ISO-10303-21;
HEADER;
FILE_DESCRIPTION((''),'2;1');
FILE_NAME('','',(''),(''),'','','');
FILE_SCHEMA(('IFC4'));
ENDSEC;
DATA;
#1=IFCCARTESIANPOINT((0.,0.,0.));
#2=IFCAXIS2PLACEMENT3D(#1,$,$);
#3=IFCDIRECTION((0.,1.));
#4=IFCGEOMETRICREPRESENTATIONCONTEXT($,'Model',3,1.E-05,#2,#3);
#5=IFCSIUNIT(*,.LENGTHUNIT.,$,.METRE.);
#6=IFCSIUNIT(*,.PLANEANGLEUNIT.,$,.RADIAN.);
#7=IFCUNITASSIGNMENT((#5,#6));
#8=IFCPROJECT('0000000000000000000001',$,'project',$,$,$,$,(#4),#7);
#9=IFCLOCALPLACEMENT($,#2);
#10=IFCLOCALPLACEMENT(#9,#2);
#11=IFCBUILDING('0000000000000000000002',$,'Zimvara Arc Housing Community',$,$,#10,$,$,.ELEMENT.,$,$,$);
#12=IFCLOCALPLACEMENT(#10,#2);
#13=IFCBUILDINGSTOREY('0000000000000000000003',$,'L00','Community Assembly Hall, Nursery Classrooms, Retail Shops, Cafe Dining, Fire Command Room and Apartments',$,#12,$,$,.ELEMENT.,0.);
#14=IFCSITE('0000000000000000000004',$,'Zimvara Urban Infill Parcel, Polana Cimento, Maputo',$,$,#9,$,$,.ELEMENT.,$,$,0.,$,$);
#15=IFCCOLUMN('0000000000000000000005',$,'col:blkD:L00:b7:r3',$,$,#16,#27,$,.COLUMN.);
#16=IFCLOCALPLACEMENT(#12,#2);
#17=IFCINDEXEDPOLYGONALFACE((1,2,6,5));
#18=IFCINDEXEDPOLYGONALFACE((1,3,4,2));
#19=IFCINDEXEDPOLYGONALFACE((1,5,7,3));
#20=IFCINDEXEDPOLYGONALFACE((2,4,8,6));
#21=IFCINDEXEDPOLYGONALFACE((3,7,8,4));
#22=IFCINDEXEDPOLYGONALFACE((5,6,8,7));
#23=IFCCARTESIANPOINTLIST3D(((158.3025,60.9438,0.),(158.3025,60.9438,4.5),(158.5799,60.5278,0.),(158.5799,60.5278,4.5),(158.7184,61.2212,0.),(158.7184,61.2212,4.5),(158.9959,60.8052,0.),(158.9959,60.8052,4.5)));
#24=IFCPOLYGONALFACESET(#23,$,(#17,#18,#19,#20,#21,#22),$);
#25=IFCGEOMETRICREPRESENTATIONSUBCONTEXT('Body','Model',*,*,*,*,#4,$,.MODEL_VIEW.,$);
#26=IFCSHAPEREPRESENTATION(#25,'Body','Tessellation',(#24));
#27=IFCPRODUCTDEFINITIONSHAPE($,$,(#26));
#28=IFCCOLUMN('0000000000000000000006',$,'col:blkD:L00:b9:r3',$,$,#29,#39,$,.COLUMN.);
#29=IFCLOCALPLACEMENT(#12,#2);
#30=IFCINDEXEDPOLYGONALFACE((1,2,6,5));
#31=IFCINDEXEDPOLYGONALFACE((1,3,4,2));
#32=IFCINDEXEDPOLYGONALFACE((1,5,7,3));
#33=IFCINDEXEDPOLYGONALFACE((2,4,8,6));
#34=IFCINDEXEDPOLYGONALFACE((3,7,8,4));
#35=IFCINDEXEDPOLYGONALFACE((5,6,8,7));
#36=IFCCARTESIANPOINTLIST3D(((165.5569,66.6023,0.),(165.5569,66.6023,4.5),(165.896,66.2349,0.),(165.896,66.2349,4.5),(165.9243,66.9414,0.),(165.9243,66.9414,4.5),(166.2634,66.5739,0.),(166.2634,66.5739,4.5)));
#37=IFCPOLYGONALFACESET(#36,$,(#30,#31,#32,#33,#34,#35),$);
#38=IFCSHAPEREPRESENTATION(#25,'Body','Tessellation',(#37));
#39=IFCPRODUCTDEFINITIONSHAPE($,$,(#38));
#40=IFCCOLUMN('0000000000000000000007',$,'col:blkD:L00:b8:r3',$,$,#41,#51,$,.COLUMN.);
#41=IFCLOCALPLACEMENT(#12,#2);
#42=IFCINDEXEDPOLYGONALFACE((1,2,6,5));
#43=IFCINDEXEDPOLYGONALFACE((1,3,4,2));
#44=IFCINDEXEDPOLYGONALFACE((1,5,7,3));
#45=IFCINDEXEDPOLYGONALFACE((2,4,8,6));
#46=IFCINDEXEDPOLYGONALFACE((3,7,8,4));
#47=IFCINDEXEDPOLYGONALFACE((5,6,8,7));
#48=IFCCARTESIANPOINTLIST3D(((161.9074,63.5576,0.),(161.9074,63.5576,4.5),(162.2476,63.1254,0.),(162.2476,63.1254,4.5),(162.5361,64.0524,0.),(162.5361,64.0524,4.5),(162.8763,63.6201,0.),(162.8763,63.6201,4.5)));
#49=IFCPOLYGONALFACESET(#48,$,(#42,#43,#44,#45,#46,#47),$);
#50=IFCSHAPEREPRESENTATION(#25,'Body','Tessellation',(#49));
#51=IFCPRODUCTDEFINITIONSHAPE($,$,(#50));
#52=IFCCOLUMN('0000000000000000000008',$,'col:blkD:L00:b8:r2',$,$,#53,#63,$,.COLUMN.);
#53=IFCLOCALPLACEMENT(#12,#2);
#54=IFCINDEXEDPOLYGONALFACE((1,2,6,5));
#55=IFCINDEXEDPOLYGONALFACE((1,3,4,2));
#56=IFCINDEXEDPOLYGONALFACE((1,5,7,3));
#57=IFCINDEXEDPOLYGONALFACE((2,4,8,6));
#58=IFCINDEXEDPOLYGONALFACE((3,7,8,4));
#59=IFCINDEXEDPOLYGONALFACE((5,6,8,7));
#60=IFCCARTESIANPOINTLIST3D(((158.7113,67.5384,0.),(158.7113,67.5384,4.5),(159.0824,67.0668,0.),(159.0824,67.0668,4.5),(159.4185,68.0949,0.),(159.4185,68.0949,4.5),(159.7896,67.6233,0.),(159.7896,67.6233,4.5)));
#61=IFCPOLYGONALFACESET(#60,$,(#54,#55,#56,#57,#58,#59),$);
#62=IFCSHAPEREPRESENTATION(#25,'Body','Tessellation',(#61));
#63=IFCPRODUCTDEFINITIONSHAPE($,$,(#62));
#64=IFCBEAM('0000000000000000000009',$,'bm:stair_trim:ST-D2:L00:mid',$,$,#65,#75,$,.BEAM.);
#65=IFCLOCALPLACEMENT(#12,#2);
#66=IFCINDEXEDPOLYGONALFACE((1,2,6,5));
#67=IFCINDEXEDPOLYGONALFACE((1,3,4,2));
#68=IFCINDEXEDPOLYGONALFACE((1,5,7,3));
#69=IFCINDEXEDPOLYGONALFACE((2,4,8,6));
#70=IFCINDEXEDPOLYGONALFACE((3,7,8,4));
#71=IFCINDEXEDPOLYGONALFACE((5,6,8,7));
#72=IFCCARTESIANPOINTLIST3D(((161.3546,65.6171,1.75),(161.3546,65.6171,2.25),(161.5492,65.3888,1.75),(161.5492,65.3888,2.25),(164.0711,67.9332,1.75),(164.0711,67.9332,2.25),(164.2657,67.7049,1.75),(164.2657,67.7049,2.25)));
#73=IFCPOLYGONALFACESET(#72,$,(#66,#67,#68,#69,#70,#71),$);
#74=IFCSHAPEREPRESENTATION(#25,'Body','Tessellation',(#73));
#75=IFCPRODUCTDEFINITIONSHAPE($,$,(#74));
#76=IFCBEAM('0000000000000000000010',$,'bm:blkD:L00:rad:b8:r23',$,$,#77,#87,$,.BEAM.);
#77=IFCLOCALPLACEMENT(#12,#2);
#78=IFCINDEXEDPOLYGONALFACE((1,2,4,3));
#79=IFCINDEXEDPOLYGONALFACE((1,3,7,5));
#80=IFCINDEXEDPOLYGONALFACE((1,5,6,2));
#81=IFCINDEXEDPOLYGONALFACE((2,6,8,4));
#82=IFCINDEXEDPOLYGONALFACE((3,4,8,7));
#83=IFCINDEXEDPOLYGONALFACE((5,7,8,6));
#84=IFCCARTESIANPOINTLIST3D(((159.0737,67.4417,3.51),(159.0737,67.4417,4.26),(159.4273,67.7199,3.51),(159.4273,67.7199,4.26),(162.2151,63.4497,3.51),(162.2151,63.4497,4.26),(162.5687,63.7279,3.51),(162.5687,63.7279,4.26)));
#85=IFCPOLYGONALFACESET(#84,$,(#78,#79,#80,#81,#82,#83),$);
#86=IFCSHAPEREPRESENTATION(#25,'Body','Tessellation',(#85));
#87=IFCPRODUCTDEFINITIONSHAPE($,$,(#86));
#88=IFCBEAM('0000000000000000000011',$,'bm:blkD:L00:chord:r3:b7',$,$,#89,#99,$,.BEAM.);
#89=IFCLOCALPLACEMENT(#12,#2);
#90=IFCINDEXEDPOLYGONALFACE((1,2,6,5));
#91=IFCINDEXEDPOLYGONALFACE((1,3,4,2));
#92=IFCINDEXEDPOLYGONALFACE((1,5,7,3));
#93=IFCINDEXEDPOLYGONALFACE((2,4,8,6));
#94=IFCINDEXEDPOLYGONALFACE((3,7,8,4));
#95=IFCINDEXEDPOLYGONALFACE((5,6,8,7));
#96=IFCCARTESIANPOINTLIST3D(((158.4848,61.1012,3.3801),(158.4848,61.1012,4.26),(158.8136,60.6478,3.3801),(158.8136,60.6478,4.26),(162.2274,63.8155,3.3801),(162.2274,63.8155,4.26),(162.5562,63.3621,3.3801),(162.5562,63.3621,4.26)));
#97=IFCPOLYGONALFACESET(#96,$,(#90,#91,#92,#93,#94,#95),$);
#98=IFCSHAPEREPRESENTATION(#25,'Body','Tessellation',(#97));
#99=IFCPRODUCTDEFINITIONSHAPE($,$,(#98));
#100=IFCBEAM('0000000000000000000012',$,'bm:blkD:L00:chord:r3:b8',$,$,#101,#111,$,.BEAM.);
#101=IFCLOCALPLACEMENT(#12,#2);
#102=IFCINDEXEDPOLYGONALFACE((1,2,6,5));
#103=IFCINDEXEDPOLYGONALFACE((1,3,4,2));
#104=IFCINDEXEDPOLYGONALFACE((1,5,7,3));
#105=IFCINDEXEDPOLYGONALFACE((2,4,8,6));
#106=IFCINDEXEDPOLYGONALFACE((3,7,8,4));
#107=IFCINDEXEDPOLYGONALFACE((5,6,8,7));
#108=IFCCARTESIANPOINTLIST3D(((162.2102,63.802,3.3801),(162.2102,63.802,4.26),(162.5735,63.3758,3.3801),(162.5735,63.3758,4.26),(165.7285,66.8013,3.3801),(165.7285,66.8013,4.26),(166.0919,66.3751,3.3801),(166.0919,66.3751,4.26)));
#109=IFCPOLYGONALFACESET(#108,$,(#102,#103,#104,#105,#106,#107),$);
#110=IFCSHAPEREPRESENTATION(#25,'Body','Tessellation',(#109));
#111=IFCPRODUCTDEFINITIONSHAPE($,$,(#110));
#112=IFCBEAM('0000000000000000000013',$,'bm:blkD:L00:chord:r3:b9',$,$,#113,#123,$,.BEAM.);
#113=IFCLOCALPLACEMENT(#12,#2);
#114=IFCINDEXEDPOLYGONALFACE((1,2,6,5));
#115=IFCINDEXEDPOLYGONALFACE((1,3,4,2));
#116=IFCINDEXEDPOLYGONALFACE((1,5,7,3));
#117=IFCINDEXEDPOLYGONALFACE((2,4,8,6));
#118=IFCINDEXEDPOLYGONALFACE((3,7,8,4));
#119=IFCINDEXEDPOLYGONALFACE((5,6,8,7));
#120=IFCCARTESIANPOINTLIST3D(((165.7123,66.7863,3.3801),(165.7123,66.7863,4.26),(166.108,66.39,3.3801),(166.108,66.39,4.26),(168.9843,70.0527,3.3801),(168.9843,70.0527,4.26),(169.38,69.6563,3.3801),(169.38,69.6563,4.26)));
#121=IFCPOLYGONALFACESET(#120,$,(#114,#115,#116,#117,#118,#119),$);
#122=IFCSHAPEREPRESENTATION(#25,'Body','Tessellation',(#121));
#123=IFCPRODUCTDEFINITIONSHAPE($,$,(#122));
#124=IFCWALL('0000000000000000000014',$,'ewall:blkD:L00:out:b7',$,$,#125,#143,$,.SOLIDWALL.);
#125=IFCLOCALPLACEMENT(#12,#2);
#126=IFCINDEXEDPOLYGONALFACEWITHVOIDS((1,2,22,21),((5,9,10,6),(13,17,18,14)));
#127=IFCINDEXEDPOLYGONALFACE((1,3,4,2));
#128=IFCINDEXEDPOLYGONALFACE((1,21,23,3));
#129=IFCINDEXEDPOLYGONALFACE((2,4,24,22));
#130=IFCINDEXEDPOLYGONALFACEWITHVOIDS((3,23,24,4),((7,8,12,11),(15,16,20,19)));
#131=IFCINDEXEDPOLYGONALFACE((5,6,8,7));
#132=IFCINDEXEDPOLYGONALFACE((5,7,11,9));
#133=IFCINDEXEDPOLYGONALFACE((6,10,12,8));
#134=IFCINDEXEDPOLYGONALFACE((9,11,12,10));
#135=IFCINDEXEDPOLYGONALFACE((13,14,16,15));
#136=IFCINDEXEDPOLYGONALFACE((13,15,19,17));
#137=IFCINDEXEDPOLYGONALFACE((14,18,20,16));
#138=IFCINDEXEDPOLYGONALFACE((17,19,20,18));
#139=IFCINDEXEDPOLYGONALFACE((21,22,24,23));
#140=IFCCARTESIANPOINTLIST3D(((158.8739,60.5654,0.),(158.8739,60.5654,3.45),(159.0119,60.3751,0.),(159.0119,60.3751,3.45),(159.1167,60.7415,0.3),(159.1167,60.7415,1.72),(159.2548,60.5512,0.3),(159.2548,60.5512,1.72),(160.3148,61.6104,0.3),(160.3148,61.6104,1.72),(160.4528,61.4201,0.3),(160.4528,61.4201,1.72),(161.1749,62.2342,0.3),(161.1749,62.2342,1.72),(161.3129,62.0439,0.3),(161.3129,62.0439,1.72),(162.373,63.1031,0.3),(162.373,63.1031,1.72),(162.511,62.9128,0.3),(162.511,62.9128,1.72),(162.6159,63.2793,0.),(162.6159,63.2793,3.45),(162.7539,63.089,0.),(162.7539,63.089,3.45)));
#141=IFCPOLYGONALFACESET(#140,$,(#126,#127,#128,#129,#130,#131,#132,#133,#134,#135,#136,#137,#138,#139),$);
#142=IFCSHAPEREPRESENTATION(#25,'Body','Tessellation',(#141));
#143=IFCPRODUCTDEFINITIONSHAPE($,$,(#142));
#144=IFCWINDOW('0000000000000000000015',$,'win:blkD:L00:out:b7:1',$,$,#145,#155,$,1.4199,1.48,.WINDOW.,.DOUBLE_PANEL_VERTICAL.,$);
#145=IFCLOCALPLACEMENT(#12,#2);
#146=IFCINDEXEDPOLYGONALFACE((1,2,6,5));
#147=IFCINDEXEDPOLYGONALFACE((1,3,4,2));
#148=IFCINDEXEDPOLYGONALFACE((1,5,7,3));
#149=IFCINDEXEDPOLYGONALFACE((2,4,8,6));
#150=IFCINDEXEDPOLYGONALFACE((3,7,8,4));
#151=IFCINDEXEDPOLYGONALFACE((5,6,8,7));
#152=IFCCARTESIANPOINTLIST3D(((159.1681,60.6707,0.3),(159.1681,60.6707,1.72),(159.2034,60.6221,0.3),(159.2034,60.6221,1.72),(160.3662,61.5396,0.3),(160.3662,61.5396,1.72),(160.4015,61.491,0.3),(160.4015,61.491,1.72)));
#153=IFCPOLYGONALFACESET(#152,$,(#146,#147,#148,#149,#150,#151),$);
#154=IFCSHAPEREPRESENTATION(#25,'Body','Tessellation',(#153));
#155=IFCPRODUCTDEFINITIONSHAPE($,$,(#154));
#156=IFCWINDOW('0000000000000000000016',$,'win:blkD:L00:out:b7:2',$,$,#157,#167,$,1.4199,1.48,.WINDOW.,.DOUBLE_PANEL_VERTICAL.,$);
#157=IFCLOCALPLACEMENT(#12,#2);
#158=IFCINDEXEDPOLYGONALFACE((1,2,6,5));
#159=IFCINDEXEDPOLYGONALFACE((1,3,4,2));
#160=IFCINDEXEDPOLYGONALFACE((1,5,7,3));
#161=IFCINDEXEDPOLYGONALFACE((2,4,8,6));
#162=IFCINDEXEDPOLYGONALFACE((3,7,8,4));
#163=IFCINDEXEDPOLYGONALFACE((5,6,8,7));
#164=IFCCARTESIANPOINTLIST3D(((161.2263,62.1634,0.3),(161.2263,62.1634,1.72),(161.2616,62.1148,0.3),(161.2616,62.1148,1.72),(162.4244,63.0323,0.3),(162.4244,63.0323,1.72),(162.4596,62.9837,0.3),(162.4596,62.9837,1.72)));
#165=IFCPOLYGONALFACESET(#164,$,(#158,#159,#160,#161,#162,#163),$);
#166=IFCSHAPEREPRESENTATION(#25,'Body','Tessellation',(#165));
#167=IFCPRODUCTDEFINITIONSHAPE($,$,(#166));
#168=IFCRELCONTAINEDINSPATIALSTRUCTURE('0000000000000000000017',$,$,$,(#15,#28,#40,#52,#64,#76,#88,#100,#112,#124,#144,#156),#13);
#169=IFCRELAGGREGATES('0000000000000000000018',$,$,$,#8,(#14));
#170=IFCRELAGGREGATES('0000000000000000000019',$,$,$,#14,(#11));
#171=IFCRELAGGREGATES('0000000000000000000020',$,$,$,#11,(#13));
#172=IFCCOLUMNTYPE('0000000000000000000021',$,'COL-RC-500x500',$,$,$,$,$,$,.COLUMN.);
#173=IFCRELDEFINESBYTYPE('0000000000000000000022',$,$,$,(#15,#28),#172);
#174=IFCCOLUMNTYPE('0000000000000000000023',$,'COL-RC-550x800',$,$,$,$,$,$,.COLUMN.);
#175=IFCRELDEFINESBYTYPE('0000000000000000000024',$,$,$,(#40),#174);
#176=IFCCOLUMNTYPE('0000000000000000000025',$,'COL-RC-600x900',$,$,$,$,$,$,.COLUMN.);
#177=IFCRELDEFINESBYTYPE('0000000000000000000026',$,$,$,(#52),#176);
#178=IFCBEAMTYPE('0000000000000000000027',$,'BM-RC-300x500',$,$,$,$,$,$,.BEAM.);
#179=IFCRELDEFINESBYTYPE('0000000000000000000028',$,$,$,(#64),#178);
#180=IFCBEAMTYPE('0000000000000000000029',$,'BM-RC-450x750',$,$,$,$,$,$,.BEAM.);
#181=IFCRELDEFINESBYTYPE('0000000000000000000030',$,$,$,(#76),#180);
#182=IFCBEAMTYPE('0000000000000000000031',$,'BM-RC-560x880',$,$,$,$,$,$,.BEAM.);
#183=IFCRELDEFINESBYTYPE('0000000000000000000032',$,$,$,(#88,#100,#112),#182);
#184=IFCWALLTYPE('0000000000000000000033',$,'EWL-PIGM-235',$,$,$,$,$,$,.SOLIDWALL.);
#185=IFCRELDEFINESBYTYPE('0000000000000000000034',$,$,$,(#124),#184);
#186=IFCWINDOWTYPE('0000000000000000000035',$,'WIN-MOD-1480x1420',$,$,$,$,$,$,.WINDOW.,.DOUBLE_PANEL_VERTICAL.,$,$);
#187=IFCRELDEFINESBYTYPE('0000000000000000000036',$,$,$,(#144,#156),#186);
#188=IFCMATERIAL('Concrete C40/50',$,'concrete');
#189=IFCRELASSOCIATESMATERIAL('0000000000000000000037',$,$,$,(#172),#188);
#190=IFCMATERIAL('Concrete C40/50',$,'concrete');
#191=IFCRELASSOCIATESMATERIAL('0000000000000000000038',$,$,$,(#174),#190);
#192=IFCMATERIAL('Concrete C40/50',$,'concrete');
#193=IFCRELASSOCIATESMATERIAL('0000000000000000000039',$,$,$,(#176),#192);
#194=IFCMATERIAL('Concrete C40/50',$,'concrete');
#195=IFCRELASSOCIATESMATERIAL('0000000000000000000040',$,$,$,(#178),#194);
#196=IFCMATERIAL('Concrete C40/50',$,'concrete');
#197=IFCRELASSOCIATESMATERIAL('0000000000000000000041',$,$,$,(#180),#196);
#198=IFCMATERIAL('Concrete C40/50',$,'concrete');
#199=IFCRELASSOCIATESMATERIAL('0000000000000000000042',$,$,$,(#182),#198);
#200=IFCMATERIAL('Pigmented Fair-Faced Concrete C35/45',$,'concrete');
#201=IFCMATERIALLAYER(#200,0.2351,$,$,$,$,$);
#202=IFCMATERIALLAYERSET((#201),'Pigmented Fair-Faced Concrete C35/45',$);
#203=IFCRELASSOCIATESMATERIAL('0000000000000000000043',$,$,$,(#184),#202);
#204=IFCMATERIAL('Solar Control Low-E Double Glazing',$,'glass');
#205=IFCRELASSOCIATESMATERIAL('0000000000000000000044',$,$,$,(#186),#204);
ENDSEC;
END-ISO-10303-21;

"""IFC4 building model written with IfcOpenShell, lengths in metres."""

from ifc_helpers import new_model, si_unit, direction, frame, frame_2d, origin, origin_2d, place, context, subcontext, project, spatial, rectangle, extrude, material, layer, layer_set, material_profile, profile_set, type_object, element, fill, save


model = new_model("IFC4")

# Units and contexts
model_context = context("Model", 3, precision=1e-05, world=origin(), true_north=direction((0.0, 1.0)))
body_context = subcontext(model_context, "Body", "Model", "MODEL_VIEW")
ifc_project = project(units=[si_unit("LENGTHUNIT", "METRE"), si_unit("PLANEANGLEUNIT", "RADIAN")], contexts=[model_context])

# Site, building, storey
site_placement = place(None, origin())
site = spatial("IfcSite", under=ifc_project, at=site_placement, Name="Zimvara Urban Infill Parcel, Polana Cimento, Maputo", CompositionType="ELEMENT", RefElevation=0.0)
building_placement = place(site_placement, origin())
building = spatial("IfcBuilding", under=site, at=building_placement, Name="Zimvara Arc Housing Community", CompositionType="ELEMENT")
storey_placement = place(building_placement, origin())
storey = spatial("IfcBuildingStorey", under=building, at=storey_placement, Name="L00", Description="Community Assembly Hall, Nursery Classrooms, Retail Shops, Cafe Dining, Fire Command Room and Apartments", CompositionType="ELEMENT", Elevation=0.0)

# Columns
ifc_material_1 = material(Name="Concrete C40/50", Category="concrete")
ifc_material_profile_1 = material_profile(ifc_material_1, rectangle(XDim=0.5, YDim=0.5, at=origin_2d()), Name="RC 500x500")
ifc_profile_set_1 = profile_set([ifc_material_profile_1], Name="Concrete C40/50")
column_type_1 = type_object("IfcColumnType", Name="COL-RC-500x500", PredefinedType="COLUMN", material=ifc_profile_set_1)
for number, where, z_axis, x_axis, name in (
    (1, (158.6492, 60.8745, 0.0), (0.0, 0.0, 1.0), (0.554844, -0.831954, 0.0), "col:blkD:L00:b7:r3"),
    (2, (165.9102, 66.5881, 0.0), (0.0, 0.0, 1.0), (0.67816, -0.734915, 0.0), "col:blkD:L00:b9:r3"),
):
    element("IfcColumn", number, at=place(storey_placement, frame(where, z_axis=z_axis, x_axis=x_axis)), inside=storey, type_object=column_type_1, Name=name, PredefinedType="COLUMN", context=body_context, shape_type="SweptSolid", body=[
        extrude(rectangle(XDim=0.5, YDim=0.5, at=origin_2d()), origin(), (0.0, 0.0, 1.0), 4.5),
    ])
ifc_material_2 = material(Name="Concrete C40/50", Category="concrete")
ifc_material_profile_2 = material_profile(ifc_material_2, rectangle(XDim=0.55, YDim=0.8, at=origin_2d()), Name="RC 550x800")
ifc_profile_set_2 = profile_set([ifc_material_profile_2], Name="Concrete C40/50")
column_type_2 = type_object("IfcColumnType", Name="COL-RC-550x800", PredefinedType="COLUMN", material=ifc_profile_set_2)
column_1_placement = place(storey_placement, frame((162.3918, 63.5889, 0.0), z_axis=(0.0, 0.0, 1.0), x_axis=(0.618408, -0.785857, 0.0)))
element("IfcColumn", 3, at=column_1_placement, inside=storey, type_object=column_type_2, Name="col:blkD:L00:b8:r3", PredefinedType="COLUMN", context=body_context, shape_type="SweptSolid", body=[
    extrude(rectangle(XDim=0.55, YDim=0.8, at=origin_2d()), origin(), (0.0, 0.0, 1.0), 4.5),
])
ifc_material_3 = material(Name="Concrete C40/50", Category="concrete")
ifc_material_profile_3 = material_profile(ifc_material_3, rectangle(XDim=0.6001, YDim=0.8999, at=origin_2d()), Name="RC 600x900")
ifc_profile_set_3 = profile_set([ifc_material_profile_3], Name="Concrete C40/50")
column_type_3 = type_object("IfcColumnType", Name="COL-RC-600x900", PredefinedType="COLUMN", material=ifc_profile_set_3)
column_2_placement = place(storey_placement, frame((159.2505, 67.5808, 0.0), z_axis=(0.0, 0.0, 1.0), x_axis=(0.618408, -0.785857, 0.0)))
element("IfcColumn", 4, at=column_2_placement, inside=storey, type_object=column_type_3, Name="col:blkD:L00:b8:r2", PredefinedType="COLUMN", context=body_context, shape_type="SweptSolid", body=[
    extrude(rectangle(XDim=0.6001, YDim=0.8999, at=origin_2d()), origin(), (0.0, 0.0, 1.0), 4.5),
])

# Beams
ifc_material_4 = material(Name="Concrete C40/50", Category="concrete")
ifc_material_profile_4 = material_profile(ifc_material_4, rectangle(XDim=0.3, YDim=0.5, at=origin_2d()), Name="RC 300x500")
ifc_profile_set_4 = profile_set([ifc_material_profile_4], Name="Concrete C40/50")
beam_type_1 = type_object("IfcBeamType", Name="BM-RC-300x500", PredefinedType="BEAM", material=ifc_profile_set_4)
beam_1_placement = place(storey_placement, frame((161.4519, 65.5029, 2.0), z_axis=(0.760958, 0.648801, 0.0), x_axis=(-0.648801, 0.760958, 0.0)))
element("IfcBeam", 5, at=beam_1_placement, inside=storey, type_object=beam_type_1, Name="bm:stair_trim:ST-D2:L00:mid", PredefinedType="BEAM", context=body_context, shape_type="SweptSolid", body=[
    extrude(rectangle(XDim=0.3, YDim=0.5, at=origin_2d()), origin(), (0.0, 0.0, 1.0), 3.5698),
])
ifc_material_5 = material(Name="Concrete C40/50", Category="concrete")
ifc_material_profile_5 = material_profile(ifc_material_5, rectangle(XDim=0.45, YDim=0.75, at=origin_2d()), Name="RC 450x750")
ifc_profile_set_5 = profile_set([ifc_material_profile_5], Name="Concrete C40/50")
beam_type_2 = type_object("IfcBeamType", Name="BM-RC-450x750", PredefinedType="BEAM", material=ifc_profile_set_5)
beam_2_placement = place(storey_placement, frame((159.2505, 67.5808, 3.885), z_axis=(0.618409, -0.785856, 0.0), x_axis=(0.785856, 0.618409, 0.0)))
element("IfcBeam", 6, at=beam_2_placement, inside=storey, type_object=beam_type_2, Name="bm:blkD:L00:rad:b8:r23", PredefinedType="BEAM", context=body_context, shape_type="SweptSolid", body=[
    extrude(rectangle(XDim=0.45, YDim=0.75, at=origin_2d()), origin(), (0.0, 0.0, 1.0), 5.0798),
])
ifc_material_6 = material(Name="Concrete C40/50", Category="concrete")
ifc_material_profile_6 = material_profile(ifc_material_6, rectangle(XDim=0.5601, YDim=0.8799, at=origin_2d()), Name="RC 560x880")
ifc_profile_set_6 = profile_set([ifc_material_profile_6], Name="Concrete C40/50")
beam_type_3 = type_object("IfcBeamType", Name="BM-RC-560x880", PredefinedType="BEAM", material=ifc_profile_set_6)
for number, where, z_axis, x_axis, name in (
    (7, (158.6492, 60.8745, 3.8201), (0.809516, 0.587097, 0.0), (-0.587097, 0.809516, 0.0), "bm:blkD:L00:chord:r3:b7"),
    (8, (162.3918, 63.5889, 3.8201), (0.76101, 0.648741, 0.0), (-0.648741, 0.76101, 0.0), "bm:blkD:L00:chord:r3:b8"),
    (9, (165.9102, 66.5881, 3.8201), (0.707714, 0.706499, 0.0), (-0.706499, 0.707714, 0.0), "bm:blkD:L00:chord:r3:b9"),
):
    element("IfcBeam", number, at=place(storey_placement, frame(where, z_axis=z_axis, x_axis=x_axis)), inside=storey, type_object=beam_type_3, Name=name, PredefinedType="BEAM", context=body_context, shape_type="SweptSolid", body=[
        extrude(rectangle(XDim=0.5601, YDim=0.8799, at=origin_2d()), origin(), (0.0, 0.0, 1.0), 4.6233),
    ])

# Wall, openings, windows
ifc_material_7 = material(Name="Pigmented Fair-Faced Concrete C35/45", Category="concrete")
ifc_layer_1 = layer(ifc_material_7, 0.2351)
ifc_layer_set_1 = layer_set([ifc_layer_1], Name="Pigmented Fair-Faced Concrete C35/45")
wall_type_1 = type_object("IfcWallType", Name="EWL-PIGM-235", PredefinedType="SOLIDWALL", material=ifc_layer_set_1)
wall_1_placement = place(storey_placement, frame((158.9429, 60.4702, 0.0), z_axis=(0.0, 0.0, 1.0), x_axis=(0.809512, 0.587103, 0.0)))
wall_1 = element("IfcWall", 10, at=wall_1_placement, inside=storey, type_object=wall_type_1, Name="ewall:blkD:L00:out:b7", PredefinedType="SOLIDWALL", context=body_context, shape_type="SweptSolid", body=[
    extrude(rectangle(XDim=4.6226, YDim=0.2351, at=frame_2d((2.3113, 0.0))), origin(), (0.0, 0.0, 1.0), 3.45),
])
opening_1_placement = place(wall_1_placement, frame((0.3, 0.0, 0.3)))
opening_1 = element("IfcOpeningElement", 11, at=opening_1_placement, cuts=wall_1, PredefinedType="OPENING", context=body_context, shape_type="SweptSolid", body=[
    extrude(rectangle(XDim=1.48, YDim=1.4199, at=frame_2d((0.74, 0.71))), frame((0.0, 0.1274, 0.0), z_axis=(0.0, -1.0, 0.0), x_axis=(1.0, 0.0, 0.0)), (0.0, 0.0, 1.0), 0.2551),
])
opening_2_placement = place(wall_1_placement, frame((2.8425, 0.0, 0.3)))
opening_2 = element("IfcOpeningElement", 12, at=opening_2_placement, cuts=wall_1, PredefinedType="OPENING", context=body_context, shape_type="SweptSolid", body=[
    extrude(rectangle(XDim=1.48, YDim=1.4199, at=frame_2d((0.74, 0.71))), frame((0.0, 0.1274, 0.0), z_axis=(0.0, -1.0, 0.0), x_axis=(1.0, 0.0, 0.0)), (0.0, 0.0, 1.0), 0.2551),
])
ifc_material_8 = material(Name="Solar Control Low-E Double Glazing", Category="glass")
window_type_1 = type_object("IfcWindowType", Name="WIN-MOD-1480x1420", PartitioningType="DOUBLE_PANEL_VERTICAL", PredefinedType="WINDOW", material=ifc_material_8)
window_1_placement = place(opening_1_placement, origin())
window_1 = element("IfcWindow", 13, at=window_1_placement, inside=storey, type_object=window_type_1, Name="win:blkD:L00:out:b7:1", OverallHeight=1.4199, OverallWidth=1.48, PartitioningType="DOUBLE_PANEL_VERTICAL", PredefinedType="WINDOW", context=body_context, shape_type="SweptSolid", body=[
    extrude(rectangle(XDim=1.48, YDim=1.4199, at=frame_2d((0.74, 0.71))), frame((0.0, 0.03, 0.0), z_axis=(0.0, -1.0, 0.0), x_axis=(1.0, 0.0, 0.0)), (0.0, 0.0, 1.0), 0.0601),
])
fill(opening_1, window_1)
window_2_placement = place(opening_2_placement, origin())
window_2 = element("IfcWindow", 14, at=window_2_placement, inside=storey, type_object=window_type_1, Name="win:blkD:L00:out:b7:2", OverallHeight=1.4199, OverallWidth=1.48, PartitioningType="DOUBLE_PANEL_VERTICAL", PredefinedType="WINDOW", context=body_context, shape_type="SweptSolid", body=[
    extrude(rectangle(XDim=1.48, YDim=1.4199, at=frame_2d((0.74, 0.71))), frame((0.0, 0.03, 0.0), z_axis=(0.0, -1.0, 0.0), x_axis=(1.0, 0.0, 0.0)), (0.0, 0.0, 1.0), 0.0601),
])
fill(opening_2, window_2)

save(model, "model.ifc")
